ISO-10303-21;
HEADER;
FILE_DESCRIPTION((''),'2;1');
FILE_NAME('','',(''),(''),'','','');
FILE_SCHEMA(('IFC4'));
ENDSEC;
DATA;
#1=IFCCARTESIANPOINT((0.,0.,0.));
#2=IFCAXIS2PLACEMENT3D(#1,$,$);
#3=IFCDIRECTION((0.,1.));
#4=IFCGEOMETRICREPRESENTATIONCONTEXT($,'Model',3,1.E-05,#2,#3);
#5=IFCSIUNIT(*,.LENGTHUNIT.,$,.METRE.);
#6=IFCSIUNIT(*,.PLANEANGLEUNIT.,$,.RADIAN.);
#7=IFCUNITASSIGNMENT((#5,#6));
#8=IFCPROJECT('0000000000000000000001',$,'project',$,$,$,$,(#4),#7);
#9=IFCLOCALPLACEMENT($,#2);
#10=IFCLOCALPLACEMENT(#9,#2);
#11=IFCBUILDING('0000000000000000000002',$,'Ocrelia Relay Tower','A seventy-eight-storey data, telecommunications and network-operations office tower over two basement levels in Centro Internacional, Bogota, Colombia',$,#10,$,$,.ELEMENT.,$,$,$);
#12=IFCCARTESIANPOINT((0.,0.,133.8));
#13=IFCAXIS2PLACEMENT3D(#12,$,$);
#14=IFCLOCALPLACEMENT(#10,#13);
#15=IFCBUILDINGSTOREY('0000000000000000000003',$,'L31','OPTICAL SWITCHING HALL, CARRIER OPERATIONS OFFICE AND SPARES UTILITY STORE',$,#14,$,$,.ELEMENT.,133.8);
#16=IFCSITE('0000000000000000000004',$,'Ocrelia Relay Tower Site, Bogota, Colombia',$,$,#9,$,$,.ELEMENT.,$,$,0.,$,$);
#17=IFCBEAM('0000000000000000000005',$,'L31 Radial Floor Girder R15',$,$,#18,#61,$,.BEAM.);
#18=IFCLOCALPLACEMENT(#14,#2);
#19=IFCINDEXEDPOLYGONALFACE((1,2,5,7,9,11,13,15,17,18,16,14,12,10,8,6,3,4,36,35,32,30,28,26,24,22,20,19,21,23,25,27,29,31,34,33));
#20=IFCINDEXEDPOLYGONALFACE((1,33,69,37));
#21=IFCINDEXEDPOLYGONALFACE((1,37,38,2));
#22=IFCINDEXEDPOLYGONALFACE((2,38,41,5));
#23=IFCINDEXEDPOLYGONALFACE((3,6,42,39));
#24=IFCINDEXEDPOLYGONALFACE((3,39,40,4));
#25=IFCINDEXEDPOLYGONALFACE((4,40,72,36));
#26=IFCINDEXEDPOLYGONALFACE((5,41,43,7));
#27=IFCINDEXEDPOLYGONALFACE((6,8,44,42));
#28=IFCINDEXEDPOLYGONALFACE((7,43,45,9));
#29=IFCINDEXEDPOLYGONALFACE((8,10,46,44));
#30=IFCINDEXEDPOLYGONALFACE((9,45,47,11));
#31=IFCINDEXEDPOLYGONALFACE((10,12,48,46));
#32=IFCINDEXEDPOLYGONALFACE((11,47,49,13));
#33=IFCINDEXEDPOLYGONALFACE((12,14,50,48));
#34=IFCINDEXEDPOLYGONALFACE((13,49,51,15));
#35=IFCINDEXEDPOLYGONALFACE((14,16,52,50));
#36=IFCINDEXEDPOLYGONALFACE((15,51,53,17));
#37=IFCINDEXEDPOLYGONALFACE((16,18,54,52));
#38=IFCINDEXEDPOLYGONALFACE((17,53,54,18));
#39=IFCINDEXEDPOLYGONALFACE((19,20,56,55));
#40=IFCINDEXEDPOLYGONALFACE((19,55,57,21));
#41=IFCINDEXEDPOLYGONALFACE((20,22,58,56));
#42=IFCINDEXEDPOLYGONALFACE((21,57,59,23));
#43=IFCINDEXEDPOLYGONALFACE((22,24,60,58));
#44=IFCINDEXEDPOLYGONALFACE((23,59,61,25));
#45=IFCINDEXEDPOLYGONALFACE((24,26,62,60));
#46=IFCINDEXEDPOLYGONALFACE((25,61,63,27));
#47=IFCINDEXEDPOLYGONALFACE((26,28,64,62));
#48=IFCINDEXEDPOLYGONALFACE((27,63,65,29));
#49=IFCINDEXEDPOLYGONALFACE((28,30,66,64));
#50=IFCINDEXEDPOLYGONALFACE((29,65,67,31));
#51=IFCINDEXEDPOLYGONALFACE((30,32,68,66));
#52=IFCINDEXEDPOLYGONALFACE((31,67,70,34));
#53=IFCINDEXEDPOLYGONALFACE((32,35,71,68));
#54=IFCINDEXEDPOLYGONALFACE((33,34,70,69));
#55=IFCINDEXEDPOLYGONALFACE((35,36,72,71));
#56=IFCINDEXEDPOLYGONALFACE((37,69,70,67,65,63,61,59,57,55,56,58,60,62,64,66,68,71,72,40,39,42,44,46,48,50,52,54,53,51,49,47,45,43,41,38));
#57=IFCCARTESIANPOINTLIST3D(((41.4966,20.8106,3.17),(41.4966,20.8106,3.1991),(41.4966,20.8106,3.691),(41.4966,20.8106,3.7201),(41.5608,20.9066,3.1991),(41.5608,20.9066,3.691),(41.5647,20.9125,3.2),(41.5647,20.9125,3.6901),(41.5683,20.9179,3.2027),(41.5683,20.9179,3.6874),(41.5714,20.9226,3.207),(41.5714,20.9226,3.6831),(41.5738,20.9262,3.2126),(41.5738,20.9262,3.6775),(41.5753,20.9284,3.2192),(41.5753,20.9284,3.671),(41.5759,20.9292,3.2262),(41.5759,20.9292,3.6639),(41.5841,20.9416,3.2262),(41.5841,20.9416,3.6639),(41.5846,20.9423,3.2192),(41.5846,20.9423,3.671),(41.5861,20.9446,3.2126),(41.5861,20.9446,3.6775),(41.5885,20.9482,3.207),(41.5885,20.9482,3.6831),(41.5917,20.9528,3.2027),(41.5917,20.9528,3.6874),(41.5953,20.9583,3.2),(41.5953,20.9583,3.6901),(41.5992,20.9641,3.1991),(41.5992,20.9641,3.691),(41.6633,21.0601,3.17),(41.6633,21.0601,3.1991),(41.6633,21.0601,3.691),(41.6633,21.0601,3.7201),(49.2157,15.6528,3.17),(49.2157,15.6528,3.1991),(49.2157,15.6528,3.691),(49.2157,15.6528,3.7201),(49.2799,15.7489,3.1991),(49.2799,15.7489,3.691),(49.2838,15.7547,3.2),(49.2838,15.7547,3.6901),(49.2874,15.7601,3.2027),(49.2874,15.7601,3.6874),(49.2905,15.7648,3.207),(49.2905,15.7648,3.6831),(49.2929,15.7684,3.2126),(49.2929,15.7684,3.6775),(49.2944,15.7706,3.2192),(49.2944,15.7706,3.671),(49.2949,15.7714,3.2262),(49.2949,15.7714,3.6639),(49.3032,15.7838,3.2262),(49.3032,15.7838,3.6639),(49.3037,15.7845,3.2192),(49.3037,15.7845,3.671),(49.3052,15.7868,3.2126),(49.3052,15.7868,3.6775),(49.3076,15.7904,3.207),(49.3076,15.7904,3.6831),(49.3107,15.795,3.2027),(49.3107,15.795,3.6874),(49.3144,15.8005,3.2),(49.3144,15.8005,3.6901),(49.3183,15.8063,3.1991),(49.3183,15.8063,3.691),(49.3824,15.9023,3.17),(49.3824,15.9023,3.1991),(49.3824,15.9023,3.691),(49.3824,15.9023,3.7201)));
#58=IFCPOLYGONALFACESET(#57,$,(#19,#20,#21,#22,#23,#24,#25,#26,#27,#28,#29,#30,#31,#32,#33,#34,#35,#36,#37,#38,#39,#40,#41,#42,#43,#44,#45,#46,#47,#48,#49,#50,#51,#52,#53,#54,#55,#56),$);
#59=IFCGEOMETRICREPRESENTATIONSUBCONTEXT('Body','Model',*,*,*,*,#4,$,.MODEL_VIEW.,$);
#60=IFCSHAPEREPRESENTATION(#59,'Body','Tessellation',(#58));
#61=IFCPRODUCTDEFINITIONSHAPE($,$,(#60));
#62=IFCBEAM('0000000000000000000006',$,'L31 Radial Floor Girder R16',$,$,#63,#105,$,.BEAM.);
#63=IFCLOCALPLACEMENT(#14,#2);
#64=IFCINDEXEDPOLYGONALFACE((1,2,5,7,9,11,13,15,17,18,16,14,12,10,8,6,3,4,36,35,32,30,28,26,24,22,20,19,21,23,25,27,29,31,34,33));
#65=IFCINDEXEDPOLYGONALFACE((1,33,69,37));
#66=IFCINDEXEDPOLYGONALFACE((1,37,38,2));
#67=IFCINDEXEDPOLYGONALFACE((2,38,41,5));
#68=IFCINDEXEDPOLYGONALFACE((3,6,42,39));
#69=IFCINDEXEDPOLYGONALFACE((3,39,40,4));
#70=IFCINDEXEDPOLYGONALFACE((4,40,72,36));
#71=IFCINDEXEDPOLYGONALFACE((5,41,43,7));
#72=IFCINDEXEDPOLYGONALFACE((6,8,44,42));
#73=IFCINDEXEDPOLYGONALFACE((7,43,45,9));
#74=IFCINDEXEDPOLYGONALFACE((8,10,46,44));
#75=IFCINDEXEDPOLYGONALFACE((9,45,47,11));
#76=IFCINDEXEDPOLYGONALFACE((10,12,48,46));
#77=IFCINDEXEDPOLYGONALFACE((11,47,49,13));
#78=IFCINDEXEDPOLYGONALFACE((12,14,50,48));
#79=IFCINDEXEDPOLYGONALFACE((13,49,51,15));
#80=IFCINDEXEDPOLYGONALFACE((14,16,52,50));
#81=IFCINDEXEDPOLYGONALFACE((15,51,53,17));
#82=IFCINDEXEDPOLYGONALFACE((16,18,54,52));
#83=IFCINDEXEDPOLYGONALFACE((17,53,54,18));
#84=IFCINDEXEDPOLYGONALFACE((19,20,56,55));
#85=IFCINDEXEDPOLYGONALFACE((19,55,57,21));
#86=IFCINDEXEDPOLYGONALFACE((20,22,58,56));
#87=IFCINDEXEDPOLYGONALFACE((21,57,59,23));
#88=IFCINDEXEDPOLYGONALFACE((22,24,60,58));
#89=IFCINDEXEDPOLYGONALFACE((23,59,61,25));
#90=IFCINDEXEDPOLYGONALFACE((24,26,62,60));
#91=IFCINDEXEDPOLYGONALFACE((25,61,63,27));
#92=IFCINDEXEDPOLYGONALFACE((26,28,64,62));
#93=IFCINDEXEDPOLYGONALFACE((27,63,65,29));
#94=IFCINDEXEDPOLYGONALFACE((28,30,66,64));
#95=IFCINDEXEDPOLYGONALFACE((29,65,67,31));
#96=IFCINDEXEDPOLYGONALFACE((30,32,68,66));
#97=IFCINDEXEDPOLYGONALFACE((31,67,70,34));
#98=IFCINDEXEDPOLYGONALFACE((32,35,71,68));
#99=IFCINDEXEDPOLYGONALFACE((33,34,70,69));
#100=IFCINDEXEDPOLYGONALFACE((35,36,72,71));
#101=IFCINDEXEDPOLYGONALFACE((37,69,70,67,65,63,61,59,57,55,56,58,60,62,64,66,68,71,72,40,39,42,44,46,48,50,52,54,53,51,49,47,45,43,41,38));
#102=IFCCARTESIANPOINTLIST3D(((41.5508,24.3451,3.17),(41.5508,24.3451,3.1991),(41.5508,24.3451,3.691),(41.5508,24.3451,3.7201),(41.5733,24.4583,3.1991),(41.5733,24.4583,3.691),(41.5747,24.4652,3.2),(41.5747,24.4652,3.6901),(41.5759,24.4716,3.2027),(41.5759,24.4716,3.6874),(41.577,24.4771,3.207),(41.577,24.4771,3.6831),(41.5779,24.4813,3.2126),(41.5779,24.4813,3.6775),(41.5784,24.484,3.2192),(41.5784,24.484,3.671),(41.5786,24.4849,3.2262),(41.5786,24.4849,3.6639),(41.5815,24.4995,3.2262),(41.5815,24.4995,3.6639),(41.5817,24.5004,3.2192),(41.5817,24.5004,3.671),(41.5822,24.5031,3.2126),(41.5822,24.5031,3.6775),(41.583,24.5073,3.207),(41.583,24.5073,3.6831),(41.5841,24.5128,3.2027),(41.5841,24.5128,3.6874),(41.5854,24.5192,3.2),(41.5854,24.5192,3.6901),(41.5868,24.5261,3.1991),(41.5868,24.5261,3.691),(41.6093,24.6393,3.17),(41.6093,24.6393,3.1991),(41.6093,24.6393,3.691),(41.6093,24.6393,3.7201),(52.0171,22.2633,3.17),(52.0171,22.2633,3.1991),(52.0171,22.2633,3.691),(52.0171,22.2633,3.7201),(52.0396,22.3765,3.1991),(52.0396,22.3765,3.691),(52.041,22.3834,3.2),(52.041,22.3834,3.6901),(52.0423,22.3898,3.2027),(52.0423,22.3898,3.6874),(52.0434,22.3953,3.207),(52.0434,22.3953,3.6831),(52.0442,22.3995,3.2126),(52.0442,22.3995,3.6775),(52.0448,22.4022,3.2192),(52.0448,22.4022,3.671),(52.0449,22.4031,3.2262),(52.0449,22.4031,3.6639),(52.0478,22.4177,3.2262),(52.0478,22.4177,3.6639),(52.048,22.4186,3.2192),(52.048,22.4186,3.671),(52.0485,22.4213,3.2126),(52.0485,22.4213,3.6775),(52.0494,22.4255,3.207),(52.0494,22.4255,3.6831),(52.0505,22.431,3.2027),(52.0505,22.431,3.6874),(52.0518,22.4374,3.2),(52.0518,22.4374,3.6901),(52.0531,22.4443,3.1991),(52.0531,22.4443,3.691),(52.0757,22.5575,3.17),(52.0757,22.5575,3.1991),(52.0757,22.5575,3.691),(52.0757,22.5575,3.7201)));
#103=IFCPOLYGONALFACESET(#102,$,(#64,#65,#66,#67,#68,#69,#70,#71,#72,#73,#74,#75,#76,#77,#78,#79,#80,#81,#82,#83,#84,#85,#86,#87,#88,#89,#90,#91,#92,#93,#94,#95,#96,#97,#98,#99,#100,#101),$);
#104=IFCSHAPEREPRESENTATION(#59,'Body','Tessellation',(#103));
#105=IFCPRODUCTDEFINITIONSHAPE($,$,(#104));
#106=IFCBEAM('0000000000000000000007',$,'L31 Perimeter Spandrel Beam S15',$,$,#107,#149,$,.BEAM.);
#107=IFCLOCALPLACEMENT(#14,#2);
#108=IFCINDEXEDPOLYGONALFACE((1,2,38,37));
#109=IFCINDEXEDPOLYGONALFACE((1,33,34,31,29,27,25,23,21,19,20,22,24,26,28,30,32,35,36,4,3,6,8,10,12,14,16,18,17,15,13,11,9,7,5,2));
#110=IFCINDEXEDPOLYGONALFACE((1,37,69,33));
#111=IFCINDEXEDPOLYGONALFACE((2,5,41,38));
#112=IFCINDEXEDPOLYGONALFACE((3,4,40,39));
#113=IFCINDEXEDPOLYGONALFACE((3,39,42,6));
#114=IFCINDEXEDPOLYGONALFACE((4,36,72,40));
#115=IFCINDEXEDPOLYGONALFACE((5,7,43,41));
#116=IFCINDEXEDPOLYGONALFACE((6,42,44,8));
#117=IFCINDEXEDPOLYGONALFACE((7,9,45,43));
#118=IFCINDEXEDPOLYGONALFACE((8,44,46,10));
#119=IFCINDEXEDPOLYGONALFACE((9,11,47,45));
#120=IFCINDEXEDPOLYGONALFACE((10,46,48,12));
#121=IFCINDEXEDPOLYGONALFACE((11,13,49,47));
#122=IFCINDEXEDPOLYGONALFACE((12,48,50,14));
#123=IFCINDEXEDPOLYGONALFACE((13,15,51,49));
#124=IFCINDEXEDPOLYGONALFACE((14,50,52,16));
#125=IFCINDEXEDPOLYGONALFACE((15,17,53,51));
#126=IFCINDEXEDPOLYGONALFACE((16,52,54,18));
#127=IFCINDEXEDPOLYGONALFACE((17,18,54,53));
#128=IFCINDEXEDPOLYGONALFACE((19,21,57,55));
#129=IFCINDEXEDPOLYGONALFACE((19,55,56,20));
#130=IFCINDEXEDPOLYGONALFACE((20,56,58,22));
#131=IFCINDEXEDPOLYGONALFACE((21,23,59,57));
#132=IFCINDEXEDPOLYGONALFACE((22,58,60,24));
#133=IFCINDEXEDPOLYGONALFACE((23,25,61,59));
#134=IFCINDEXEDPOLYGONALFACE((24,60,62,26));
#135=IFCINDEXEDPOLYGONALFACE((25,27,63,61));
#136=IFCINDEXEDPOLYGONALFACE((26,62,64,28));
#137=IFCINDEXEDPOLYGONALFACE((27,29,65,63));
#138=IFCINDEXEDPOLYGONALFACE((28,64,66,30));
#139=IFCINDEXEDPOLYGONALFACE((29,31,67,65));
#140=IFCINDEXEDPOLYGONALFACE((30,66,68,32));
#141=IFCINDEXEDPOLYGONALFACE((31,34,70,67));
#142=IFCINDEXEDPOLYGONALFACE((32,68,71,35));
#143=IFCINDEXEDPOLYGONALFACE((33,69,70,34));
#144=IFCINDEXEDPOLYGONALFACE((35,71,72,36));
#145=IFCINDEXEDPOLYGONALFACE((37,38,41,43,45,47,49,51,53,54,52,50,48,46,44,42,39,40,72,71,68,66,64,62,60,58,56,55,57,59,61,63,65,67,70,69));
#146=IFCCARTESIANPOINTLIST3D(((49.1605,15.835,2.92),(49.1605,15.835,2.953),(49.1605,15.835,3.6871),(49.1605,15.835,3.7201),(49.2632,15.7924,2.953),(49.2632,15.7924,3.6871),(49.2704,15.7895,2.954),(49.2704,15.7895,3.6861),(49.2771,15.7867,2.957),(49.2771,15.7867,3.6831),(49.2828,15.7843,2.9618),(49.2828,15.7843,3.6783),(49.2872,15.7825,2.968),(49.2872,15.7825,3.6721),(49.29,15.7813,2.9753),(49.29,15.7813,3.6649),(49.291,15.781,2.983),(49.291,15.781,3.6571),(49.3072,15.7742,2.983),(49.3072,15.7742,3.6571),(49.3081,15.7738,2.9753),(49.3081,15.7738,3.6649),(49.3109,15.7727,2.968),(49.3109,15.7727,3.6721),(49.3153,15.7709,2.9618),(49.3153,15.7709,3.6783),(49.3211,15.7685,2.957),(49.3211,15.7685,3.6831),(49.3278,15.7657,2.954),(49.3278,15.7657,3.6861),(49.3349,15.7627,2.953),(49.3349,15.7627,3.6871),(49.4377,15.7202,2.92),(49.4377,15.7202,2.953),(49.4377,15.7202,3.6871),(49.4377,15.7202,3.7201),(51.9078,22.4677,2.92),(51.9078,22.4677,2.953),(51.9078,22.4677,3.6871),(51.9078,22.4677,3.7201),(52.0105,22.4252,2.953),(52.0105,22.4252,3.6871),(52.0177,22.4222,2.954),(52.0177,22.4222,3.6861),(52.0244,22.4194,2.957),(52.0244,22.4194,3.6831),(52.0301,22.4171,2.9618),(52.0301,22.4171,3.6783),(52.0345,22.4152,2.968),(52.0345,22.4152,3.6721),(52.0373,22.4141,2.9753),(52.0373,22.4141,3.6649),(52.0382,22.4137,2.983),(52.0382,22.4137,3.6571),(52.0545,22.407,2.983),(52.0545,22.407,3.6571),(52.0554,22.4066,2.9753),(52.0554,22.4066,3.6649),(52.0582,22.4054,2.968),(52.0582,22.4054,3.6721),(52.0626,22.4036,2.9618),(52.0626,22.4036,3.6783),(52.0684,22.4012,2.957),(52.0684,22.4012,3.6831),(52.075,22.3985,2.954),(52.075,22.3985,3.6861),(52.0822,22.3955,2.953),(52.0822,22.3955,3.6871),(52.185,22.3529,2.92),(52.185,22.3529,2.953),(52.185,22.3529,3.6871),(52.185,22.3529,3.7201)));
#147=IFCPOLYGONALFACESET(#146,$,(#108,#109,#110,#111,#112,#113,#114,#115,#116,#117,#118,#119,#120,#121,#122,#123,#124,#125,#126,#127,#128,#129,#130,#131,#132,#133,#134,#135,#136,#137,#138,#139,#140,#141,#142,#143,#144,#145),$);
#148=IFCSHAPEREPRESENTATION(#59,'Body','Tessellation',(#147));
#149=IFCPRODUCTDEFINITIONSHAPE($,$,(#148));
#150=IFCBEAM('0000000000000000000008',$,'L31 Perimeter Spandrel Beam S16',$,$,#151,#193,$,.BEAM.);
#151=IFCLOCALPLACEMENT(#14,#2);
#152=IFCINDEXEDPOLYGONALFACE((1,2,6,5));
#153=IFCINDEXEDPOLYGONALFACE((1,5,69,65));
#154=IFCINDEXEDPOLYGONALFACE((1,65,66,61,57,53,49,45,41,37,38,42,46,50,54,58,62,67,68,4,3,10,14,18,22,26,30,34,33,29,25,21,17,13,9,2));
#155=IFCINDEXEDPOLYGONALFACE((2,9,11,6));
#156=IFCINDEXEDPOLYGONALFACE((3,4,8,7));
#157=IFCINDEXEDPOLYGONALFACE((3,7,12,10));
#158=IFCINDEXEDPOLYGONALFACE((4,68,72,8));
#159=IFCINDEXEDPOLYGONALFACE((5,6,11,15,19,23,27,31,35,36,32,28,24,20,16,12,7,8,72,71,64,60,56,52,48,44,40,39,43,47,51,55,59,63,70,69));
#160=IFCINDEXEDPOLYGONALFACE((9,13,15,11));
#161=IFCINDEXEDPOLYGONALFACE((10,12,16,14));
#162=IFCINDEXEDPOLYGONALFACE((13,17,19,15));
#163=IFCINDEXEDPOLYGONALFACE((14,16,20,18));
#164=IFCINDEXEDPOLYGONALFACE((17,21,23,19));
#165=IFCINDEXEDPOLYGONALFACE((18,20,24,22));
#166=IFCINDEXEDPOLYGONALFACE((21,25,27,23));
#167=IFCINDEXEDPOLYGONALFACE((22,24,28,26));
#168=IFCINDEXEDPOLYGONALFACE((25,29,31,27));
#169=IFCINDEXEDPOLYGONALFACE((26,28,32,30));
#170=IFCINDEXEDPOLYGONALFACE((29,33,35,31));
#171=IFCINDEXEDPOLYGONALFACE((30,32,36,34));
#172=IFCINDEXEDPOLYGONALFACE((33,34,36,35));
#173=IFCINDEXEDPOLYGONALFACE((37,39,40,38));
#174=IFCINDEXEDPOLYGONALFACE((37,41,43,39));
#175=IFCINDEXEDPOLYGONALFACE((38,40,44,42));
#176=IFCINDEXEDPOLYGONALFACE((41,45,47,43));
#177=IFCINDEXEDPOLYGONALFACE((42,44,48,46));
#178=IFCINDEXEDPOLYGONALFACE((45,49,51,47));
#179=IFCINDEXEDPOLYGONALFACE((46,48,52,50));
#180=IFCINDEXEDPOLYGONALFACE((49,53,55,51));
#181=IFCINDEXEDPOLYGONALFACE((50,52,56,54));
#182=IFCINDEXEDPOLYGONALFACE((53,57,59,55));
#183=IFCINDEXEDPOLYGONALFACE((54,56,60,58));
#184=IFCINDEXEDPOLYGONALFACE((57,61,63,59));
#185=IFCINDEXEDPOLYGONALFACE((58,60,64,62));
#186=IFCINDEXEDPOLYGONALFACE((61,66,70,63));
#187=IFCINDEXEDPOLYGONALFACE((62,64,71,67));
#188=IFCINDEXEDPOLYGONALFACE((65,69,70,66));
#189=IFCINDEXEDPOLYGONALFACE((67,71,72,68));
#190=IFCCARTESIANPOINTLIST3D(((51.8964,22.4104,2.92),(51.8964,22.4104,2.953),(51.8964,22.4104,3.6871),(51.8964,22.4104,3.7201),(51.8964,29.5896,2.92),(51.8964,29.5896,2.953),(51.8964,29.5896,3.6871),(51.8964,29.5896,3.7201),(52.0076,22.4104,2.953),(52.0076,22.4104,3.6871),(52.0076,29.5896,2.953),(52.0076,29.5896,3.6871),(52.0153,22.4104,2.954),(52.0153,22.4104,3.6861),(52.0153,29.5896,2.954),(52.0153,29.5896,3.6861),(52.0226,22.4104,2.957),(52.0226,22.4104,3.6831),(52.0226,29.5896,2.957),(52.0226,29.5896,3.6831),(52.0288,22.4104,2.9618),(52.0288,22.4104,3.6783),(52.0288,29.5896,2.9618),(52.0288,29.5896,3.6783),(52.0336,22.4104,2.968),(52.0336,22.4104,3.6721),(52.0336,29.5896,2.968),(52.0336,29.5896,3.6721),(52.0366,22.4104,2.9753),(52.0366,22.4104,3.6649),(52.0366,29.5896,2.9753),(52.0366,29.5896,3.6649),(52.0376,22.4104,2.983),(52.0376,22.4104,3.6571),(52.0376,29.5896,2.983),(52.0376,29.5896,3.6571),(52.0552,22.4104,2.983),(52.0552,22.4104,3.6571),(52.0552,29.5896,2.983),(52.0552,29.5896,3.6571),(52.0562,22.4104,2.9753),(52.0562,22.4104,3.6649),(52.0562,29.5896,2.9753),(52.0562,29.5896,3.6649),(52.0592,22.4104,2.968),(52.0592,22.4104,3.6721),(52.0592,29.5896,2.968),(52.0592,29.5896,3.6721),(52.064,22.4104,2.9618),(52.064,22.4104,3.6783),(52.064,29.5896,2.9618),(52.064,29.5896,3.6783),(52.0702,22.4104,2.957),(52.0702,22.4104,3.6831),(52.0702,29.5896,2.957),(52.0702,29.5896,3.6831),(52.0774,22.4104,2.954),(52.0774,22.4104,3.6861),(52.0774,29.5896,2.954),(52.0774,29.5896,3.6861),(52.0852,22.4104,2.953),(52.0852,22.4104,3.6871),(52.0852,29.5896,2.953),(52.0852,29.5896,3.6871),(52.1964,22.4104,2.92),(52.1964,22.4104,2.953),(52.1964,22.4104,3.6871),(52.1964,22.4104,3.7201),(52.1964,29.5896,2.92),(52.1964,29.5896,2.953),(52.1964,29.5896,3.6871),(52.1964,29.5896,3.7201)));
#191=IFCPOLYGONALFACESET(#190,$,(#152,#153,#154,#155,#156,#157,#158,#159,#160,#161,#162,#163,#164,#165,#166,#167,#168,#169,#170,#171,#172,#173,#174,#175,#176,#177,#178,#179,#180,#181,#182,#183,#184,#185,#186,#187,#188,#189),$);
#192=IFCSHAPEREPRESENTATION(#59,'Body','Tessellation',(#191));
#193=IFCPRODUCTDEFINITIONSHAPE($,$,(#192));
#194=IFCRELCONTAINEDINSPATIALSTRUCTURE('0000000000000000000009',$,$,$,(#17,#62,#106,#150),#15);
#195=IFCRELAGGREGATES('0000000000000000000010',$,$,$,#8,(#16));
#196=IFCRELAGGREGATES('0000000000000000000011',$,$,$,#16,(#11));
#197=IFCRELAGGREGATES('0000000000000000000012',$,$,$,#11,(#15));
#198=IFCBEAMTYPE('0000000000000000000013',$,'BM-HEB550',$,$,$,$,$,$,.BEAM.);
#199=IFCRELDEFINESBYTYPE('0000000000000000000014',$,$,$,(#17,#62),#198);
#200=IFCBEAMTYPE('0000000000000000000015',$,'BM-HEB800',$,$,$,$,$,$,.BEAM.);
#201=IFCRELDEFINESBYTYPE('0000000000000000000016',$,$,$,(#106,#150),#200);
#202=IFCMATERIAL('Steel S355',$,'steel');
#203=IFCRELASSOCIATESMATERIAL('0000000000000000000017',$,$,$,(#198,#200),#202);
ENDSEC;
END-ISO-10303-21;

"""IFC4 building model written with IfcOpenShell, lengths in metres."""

from ifc_helpers import new_model, si_unit, direction, frame, origin, origin_2d, place, context, subcontext, project, spatial, i_section, extrude, material, material_profile, profile_set, type_object, element, save


model = new_model("IFC4")

# Units and contexts
model_context = context("Model", 3, precision=1e-05, world=origin(), true_north=direction((0.0, 1.0)))
body_context = subcontext(model_context, "Body", "Model", "MODEL_VIEW")
ifc_project = project(units=[si_unit("LENGTHUNIT", "METRE"), si_unit("PLANEANGLEUNIT", "RADIAN")], contexts=[model_context])

# Site, building, storey
site_placement = place(None, origin())
site = spatial("IfcSite", under=ifc_project, at=site_placement, Name="Ocrelia Relay Tower Site, Bogota, Colombia", CompositionType="ELEMENT", RefElevation=0.0)
building_placement = place(site_placement, origin())
building = spatial("IfcBuilding", under=site, at=building_placement, Name="Ocrelia Relay Tower", Description="A seventy-eight-storey data, telecommunications and network-operations office tower over two basement levels in Centro Internacional, Bogota, Colombia", CompositionType="ELEMENT")
storey_placement = place(building_placement, frame((0.0, 0.0, 133.8)))
storey = spatial("IfcBuildingStorey", under=building, at=storey_placement, Name="L31", Description="OPTICAL SWITCHING HALL, CARRIER OPERATIONS OFFICE AND SPARES UTILITY STORE", CompositionType="ELEMENT", Elevation=133.8)

# Beams
ifc_material_1 = material(Name="Steel S355", Category="steel")
ifc_material_profile_1 = material_profile(ifc_material_1, i_section(OverallWidth=0.3, OverallDepth=0.55, WebThickness=0.0149, FlangeThickness=0.0291, FilletRadius=0.0271, at=origin_2d()), Name="HEB 550")
ifc_profile_set_1 = profile_set([ifc_material_profile_1], Name="Steel S355")
beam_type_1 = type_object("IfcBeamType", Name="BM-HEB550", PredefinedType="BEAM", material=ifc_profile_set_1)
beam_1_placement = place(storey_placement, frame((49.2991, 15.7776, 3.4451), z_axis=(-0.831467, 0.555574, 0.0), x_axis=(-0.555574, -0.831467, 0.0)))
element("IfcBeam", 1, at=beam_1_placement, inside=storey, type_object=beam_type_1, Name="L31 Radial Floor Girder R15", PredefinedType="BEAM", context=body_context, shape_type="SweptSolid", body=[
    extrude(i_section(OverallWidth=0.3, OverallDepth=0.55, WebThickness=0.0149, FlangeThickness=0.0291, FilletRadius=0.0271, at=origin_2d()), origin(), (0.0, 0.0, 1.0), 9.2837),
])
beam_2_placement = place(storey_placement, frame((52.0464, 22.4104, 3.4451), z_axis=(-0.980787, 0.195082, 0.0), x_axis=(-0.195082, -0.980787, 0.0)))
element("IfcBeam", 2, at=beam_2_placement, inside=storey, type_object=beam_type_1, Name="L31 Radial Floor Girder R16", PredefinedType="BEAM", context=body_context, shape_type="SweptSolid", body=[
    extrude(i_section(OverallWidth=0.3, OverallDepth=0.55, WebThickness=0.0149, FlangeThickness=0.0291, FilletRadius=0.0271, at=origin_2d()), origin(), (0.0, 0.0, 1.0), 10.6714),
])
ifc_material_profile_2 = material_profile(ifc_material_1, i_section(OverallWidth=0.3, OverallDepth=0.8, WebThickness=0.0176, FlangeThickness=0.033, FilletRadius=0.03, at=origin_2d()), Name="HEB 800")
ifc_profile_set_2 = profile_set([ifc_material_profile_2], Name="Steel S355")
beam_type_2 = type_object("IfcBeamType", Name="BM-HEB800", PredefinedType="BEAM", material=ifc_profile_set_2)
for number, where, z_axis, x_axis, name in (
    (3, (49.2991, 15.7776, 3.3201), (0.382673, 0.923884, 0.0), (-0.923884, 0.382673, 0.0), "L31 Perimeter Spandrel Beam S15"),
    (4, (52.0464, 22.4104, 3.3201), (0.0, 1.0, 0.0), (-1.0, 0.0, 0.0), "L31 Perimeter Spandrel Beam S16"),
):
    element("IfcBeam", number, at=place(storey_placement, frame(where, z_axis=z_axis, x_axis=x_axis)), inside=storey, type_object=beam_type_2, Name=name, PredefinedType="BEAM", context=body_context, shape_type="SweptSolid", body=[
        extrude(i_section(OverallWidth=0.3, OverallDepth=0.8, WebThickness=0.0176, FlangeThickness=0.033, FilletRadius=0.03, at=origin_2d()), origin(), (0.0, 0.0, 1.0), 7.1792),
    ])

save(model, "model.ifc")
